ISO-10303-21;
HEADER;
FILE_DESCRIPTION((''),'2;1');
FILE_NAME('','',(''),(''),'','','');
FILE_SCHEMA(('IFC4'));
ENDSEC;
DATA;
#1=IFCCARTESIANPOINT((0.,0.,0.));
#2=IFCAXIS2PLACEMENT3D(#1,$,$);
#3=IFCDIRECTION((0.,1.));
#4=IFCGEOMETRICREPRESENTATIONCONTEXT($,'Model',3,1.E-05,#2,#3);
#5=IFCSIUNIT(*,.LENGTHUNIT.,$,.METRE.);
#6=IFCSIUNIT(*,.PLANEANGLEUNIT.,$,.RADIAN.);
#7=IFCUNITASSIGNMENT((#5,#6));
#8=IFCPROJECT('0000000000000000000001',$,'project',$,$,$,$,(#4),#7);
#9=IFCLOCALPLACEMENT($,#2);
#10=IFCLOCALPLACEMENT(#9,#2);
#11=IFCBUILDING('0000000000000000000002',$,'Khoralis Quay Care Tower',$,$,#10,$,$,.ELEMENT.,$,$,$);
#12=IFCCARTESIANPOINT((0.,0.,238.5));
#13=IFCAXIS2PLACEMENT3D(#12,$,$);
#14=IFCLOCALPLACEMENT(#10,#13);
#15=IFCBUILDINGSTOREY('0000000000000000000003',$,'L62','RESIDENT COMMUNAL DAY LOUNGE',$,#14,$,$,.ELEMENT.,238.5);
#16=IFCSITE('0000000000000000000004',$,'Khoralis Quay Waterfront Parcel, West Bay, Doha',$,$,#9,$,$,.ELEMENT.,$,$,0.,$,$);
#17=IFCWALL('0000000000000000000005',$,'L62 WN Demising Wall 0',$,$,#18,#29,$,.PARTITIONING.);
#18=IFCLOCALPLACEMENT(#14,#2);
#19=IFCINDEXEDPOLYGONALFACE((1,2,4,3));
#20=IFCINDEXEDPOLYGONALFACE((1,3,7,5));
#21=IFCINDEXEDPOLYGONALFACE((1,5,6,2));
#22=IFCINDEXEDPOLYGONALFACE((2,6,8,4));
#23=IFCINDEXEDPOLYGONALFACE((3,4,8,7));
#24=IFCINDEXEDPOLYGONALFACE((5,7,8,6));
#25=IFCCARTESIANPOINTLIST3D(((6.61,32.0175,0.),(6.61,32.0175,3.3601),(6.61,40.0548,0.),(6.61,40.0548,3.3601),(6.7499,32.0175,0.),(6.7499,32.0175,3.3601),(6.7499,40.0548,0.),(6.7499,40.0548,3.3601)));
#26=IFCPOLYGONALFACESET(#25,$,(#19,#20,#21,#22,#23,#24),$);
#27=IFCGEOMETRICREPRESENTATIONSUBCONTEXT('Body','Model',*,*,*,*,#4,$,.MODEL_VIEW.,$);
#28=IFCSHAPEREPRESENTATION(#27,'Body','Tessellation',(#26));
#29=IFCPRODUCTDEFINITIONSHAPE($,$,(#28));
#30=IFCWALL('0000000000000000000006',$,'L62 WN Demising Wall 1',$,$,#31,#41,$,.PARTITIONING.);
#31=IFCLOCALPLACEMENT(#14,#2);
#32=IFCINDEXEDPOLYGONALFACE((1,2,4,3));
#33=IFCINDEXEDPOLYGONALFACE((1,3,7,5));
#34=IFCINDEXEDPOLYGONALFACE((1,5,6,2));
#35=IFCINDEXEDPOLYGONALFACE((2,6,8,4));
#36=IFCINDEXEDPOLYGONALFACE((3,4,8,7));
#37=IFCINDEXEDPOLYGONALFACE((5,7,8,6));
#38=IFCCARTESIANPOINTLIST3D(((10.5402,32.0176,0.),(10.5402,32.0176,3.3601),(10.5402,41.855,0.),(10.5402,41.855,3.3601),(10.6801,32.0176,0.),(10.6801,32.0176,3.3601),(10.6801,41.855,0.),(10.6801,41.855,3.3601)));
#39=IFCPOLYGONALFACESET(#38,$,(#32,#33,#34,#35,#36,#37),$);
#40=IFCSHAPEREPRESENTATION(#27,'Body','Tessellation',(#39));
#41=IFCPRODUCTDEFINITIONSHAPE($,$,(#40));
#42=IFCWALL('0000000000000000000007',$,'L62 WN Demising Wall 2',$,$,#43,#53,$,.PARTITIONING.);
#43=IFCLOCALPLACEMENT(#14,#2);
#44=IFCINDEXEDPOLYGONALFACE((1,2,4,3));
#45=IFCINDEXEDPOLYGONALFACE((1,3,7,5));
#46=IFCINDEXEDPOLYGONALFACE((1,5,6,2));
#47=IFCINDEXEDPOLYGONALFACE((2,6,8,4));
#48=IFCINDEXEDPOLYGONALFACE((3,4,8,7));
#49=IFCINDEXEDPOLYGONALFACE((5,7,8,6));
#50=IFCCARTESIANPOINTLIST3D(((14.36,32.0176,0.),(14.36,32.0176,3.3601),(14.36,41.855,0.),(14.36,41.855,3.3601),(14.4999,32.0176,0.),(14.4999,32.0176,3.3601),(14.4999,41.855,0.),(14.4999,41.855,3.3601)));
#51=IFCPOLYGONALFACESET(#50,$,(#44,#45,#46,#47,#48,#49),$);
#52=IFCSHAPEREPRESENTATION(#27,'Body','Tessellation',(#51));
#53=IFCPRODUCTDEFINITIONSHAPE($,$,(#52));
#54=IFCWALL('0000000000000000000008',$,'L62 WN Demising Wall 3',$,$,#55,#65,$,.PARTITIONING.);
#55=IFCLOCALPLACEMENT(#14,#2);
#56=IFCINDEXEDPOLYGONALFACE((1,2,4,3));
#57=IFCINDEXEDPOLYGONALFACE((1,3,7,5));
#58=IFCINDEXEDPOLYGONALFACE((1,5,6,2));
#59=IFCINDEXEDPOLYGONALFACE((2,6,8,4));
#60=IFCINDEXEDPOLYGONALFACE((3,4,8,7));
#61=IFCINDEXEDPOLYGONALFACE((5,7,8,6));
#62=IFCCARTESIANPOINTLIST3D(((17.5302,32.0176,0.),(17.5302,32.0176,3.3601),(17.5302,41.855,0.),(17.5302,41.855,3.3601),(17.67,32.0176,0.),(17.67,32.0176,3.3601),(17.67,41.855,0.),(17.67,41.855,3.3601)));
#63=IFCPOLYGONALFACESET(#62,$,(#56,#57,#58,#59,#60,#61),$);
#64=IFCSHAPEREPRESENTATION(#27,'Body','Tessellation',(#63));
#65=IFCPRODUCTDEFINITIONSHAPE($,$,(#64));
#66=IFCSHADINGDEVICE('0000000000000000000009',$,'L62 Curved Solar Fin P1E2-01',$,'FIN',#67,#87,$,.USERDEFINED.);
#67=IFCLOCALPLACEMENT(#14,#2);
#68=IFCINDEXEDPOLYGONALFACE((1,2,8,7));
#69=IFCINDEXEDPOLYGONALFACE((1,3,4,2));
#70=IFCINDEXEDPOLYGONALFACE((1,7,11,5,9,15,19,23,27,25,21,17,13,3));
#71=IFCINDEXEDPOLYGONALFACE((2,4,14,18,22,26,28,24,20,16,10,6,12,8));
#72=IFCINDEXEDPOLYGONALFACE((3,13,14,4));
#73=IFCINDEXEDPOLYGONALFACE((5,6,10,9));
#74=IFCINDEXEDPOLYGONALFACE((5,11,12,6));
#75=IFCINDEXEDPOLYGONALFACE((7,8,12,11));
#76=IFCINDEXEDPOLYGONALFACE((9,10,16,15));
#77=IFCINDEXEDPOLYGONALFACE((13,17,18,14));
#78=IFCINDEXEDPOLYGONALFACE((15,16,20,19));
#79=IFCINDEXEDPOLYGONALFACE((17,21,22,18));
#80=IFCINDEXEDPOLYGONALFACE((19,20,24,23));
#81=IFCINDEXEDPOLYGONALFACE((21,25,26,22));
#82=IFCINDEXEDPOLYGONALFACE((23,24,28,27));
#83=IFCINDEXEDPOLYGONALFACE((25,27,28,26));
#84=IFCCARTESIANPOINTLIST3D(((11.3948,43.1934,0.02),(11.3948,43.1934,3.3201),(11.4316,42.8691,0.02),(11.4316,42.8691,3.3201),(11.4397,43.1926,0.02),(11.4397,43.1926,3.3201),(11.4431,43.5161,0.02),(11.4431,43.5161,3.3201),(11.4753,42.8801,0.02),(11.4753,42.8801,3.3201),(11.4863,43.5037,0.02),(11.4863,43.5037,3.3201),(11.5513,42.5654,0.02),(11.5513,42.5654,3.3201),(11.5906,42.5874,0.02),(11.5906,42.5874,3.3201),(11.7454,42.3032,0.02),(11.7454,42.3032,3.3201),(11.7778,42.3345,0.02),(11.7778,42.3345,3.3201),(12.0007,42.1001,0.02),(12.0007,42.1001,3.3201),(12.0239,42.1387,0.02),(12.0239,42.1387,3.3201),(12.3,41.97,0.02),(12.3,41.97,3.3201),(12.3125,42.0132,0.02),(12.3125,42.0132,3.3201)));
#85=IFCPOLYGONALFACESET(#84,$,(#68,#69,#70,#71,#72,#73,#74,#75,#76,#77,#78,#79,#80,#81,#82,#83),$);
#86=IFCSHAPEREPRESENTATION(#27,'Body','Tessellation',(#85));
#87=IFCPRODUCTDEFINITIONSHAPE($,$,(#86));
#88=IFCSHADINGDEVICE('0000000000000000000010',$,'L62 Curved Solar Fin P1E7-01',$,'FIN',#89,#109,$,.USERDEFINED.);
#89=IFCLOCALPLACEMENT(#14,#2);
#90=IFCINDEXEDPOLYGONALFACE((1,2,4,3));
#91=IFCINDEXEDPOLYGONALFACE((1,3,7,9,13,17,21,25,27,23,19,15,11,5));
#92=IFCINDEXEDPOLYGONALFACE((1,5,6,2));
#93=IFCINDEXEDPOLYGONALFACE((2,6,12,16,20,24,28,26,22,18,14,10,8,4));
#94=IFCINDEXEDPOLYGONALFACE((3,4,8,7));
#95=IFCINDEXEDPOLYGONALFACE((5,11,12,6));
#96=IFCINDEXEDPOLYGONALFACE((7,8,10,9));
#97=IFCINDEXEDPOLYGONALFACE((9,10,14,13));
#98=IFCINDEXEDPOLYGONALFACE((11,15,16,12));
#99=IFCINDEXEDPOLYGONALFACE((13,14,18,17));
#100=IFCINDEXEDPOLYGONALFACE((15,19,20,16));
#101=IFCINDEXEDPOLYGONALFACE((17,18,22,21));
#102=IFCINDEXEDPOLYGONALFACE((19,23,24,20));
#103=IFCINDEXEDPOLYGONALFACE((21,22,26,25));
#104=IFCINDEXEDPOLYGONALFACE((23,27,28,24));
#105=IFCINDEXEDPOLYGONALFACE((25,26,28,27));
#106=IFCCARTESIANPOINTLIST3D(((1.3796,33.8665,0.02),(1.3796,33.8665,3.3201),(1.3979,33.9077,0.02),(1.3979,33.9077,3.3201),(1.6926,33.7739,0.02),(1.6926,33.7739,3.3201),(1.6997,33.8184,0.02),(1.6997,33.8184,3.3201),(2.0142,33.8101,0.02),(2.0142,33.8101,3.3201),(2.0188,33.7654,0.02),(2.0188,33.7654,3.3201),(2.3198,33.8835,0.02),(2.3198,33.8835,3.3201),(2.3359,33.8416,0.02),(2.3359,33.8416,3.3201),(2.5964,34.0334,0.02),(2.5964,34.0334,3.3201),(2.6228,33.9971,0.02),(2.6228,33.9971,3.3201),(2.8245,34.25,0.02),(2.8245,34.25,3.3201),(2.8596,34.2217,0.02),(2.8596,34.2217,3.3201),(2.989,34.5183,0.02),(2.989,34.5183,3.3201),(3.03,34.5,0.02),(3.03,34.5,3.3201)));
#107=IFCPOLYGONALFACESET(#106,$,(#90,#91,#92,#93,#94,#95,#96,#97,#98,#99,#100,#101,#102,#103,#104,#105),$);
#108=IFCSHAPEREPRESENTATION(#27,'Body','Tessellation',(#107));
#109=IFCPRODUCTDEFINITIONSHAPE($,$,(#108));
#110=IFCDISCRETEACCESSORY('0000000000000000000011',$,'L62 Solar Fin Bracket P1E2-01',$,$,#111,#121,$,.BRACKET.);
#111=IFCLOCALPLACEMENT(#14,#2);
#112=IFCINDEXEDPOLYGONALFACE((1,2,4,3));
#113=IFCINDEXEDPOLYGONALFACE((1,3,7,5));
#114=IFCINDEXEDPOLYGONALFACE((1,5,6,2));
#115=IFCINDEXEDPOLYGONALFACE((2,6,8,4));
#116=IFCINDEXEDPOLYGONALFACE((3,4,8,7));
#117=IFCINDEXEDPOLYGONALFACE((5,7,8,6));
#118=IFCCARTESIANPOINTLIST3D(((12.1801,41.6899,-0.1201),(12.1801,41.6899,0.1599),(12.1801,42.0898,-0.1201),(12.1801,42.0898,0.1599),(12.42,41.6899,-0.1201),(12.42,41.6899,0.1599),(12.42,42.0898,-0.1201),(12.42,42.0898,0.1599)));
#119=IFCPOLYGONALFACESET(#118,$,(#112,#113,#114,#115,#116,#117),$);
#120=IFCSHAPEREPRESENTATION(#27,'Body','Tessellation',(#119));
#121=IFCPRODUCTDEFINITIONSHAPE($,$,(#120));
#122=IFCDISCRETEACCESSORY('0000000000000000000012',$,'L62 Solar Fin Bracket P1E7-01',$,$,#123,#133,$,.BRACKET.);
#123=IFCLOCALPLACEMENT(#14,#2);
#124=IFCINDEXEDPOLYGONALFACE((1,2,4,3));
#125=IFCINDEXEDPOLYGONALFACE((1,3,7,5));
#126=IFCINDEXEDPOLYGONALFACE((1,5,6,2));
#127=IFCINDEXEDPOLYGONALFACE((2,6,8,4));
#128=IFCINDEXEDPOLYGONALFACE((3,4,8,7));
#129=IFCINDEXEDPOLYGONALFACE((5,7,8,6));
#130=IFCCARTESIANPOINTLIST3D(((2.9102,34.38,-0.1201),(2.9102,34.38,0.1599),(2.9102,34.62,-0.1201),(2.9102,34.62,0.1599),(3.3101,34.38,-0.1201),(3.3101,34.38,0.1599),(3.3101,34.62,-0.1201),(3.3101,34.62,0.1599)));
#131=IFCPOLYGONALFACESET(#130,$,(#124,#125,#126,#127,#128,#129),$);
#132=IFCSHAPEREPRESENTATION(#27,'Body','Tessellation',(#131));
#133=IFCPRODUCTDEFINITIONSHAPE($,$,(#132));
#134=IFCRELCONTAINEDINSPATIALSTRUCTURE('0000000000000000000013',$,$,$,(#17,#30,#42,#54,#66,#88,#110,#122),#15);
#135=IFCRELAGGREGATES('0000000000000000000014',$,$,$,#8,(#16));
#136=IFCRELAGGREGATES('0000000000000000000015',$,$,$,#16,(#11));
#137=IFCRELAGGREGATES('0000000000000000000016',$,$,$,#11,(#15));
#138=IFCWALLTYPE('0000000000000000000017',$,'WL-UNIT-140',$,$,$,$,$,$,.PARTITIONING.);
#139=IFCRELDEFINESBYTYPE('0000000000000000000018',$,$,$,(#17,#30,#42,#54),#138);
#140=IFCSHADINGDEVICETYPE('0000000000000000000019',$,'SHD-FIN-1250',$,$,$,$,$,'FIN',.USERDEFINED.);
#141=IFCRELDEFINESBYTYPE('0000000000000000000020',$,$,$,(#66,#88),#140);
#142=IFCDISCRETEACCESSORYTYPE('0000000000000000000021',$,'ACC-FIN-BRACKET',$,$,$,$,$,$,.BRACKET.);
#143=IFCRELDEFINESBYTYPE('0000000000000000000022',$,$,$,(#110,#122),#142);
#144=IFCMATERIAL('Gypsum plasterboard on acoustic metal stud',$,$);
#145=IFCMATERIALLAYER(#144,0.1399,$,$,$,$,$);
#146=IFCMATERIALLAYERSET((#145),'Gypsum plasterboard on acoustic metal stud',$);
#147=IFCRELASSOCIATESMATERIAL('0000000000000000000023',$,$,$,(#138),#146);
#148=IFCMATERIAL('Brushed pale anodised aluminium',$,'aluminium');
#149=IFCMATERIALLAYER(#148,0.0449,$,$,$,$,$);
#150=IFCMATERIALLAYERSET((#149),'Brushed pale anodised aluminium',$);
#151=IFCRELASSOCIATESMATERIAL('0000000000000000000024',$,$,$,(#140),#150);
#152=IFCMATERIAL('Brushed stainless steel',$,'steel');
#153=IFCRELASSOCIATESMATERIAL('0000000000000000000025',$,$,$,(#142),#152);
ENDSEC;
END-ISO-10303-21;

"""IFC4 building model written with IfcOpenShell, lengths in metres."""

from ifc_helpers import new_model, si_unit, direction, frame, frame_2d, origin, origin_2d, place, context, subcontext, project, spatial, polyline, rectangle, outline, extrude, source, transform, mapped, material, layer, layer_set, type_object, element, save


model = new_model("IFC4")

# Units and contexts
model_context = context("Model", 3, precision=1e-05, world=origin(), true_north=direction((0.0, 1.0)))
body_context = subcontext(model_context, "Body", "Model", "MODEL_VIEW")
ifc_project = project(units=[si_unit("LENGTHUNIT", "METRE"), si_unit("PLANEANGLEUNIT", "RADIAN")], contexts=[model_context])

# Site, building, storey
site_placement = place(None, origin())
site = spatial("IfcSite", under=ifc_project, at=site_placement, Name="Khoralis Quay Waterfront Parcel, West Bay, Doha", CompositionType="ELEMENT", RefElevation=0.0)
building_placement = place(site_placement, origin())
building = spatial("IfcBuilding", under=site, at=building_placement, Name="Khoralis Quay Care Tower", CompositionType="ELEMENT")
storey_placement = place(building_placement, frame((0.0, 0.0, 238.5)))
storey = spatial("IfcBuildingStorey", under=building, at=storey_placement, Name="L62", Description="RESIDENT COMMUNAL DAY LOUNGE", CompositionType="ELEMENT", Elevation=238.5)

# Walls
ifc_material_1 = material(Name="Gypsum plasterboard on acoustic metal stud")
ifc_layer_1 = layer(ifc_material_1, 0.1399)
ifc_layer_set_1 = layer_set([ifc_layer_1], Name="Gypsum plasterboard on acoustic metal stud")
wall_type_1 = type_object("IfcWallType", Name="WL-UNIT-140", PredefinedType="PARTITIONING", material=ifc_layer_set_1)
wall_1_placement = place(storey_placement, frame((6.6799, 32.0176, 0.0), z_axis=(0.0, 0.0, 1.0), x_axis=(0.0, 1.0, 0.0)))
element("IfcWall", 1, at=wall_1_placement, inside=storey, type_object=wall_type_1, Name="L62 WN Demising Wall 0", PredefinedType="PARTITIONING", context=body_context, shape_type="SweptSolid", body=[
    extrude(rectangle(XDim=8.0374, YDim=0.1399, at=frame_2d((4.0186, 0.0))), origin(), (0.0, 0.0, 1.0), 3.3601),
])
for number, where, z_axis, x_axis, name in (
    (2, (10.6101, 32.0176, 0.0), (0.0, 0.0, 1.0), (0.0, 1.0, 0.0), "L62 WN Demising Wall 1"),
    (3, (14.4299, 32.0176, 0.0), (0.0, 0.0, 1.0), (0.0, 1.0, 0.0), "L62 WN Demising Wall 2"),
    (4, (17.6001, 32.0176, 0.0), (0.0, 0.0, 1.0), (0.0, 1.0, 0.0), "L62 WN Demising Wall 3"),
):
    element("IfcWall", number, at=place(storey_placement, frame(where, z_axis=z_axis, x_axis=x_axis)), inside=storey, type_object=wall_type_1, Name=name, PredefinedType="PARTITIONING", context=body_context, shape_type="SweptSolid", body=[
        extrude(rectangle(XDim=9.8374, YDim=0.1399, at=frame_2d((4.9187, 0.0))), origin(), (0.0, 0.0, 1.0), 3.3601),
    ])

# Shading devices
ifc_material_2 = material(Name="Brushed pale anodised aluminium", Category="aluminium")
ifc_layer_2 = layer(ifc_material_2, 0.0449)
ifc_layer_set_2 = layer_set([ifc_layer_2], Name="Brushed pale anodised aluminium")
shading_device_type = type_object("IfcShadingDeviceType", Name="SHD-FIN-1250", ElementType="FIN", PredefinedType="USERDEFINED", material=ifc_layer_set_2)
shared_shape_1 = source(origin(), body_context, "Body", "SweptSolid", [
    extrude(outline(polyline([(0.0, 0.0), (0.1301, 0.2993), (0.3333, 0.5547), (0.5955, 0.7488), (0.8992, 0.8684), (1.2234, 0.9053), (1.5461, 0.8569), (1.5337, 0.8137), (1.2227, 0.8604), (0.9102, 0.8247), (0.6174, 0.7095), (0.3645, 0.5222), (0.1687, 0.2761), (0.0432, -0.0125), (0.0, 0.0)])), origin(), (0.0, 0.0, 1.0), 3.3),
])
shading_device_1_placement = place(storey_placement, frame((12.3, 41.97, 0.02), z_axis=(0.0, 0.0, 1.0), x_axis=(0.0, 1.0, 0.0)))
element("IfcShadingDevice", 5, at=shading_device_1_placement, inside=storey, type_object=shading_device_type, Name="L62 Curved Solar Fin P1E2-01", ObjectType="FIN", PredefinedType="USERDEFINED", context=body_context, shape_type="MappedRepresentation", body=[
    mapped(shared_shape_1, transform((0.0, 0.0, 0.0), scale=1.0)),
])
shared_shape_2 = source(origin(), body_context, "Body", "SweptSolid", [
    extrude(outline(polyline([(0.0, 0.0), (0.1704, 0.2783), (0.4072, 0.5029), (0.6941, 0.6584), (1.0112, 0.7346), (1.3374, 0.7261), (1.6504, 0.6335), (1.6321, 0.5923), (1.3303, 0.6816), (1.0159, 0.6899), (0.7102, 0.6165), (0.4336, 0.4666), (0.2056, 0.25), (0.041, -0.0183), (0.0, 0.0)])), origin(), (0.0, 0.0, 1.0), 3.3),
])
shading_device_2_placement = place(storey_placement, frame((3.03, 34.5, 0.02), z_axis=(0.0, 0.0, 1.0), x_axis=(-1.0, 0.0, 0.0)))
element("IfcShadingDevice", 6, at=shading_device_2_placement, inside=storey, type_object=shading_device_type, Name="L62 Curved Solar Fin P1E7-01", ObjectType="FIN", PredefinedType="USERDEFINED", context=body_context, shape_type="MappedRepresentation", body=[
    mapped(shared_shape_2, transform((0.0, 0.0, 0.0), scale=1.0)),
])

# Discrete accessories
ifc_material_3 = material(Name="Brushed stainless steel", Category="steel")
discrete_accessory_type = type_object("IfcDiscreteAccessoryType", Name="ACC-FIN-BRACKET", PredefinedType="BRACKET", material=ifc_material_3)
shared_shape_3 = source(origin(), body_context, "Body", "SweptSolid", [
    extrude(rectangle(XDim=0.3999, YDim=0.24, at=origin_2d()), origin(), (0.0, 0.0, 1.0), 0.28),
])
for number, where, z_axis, x_axis, name in (
    (7, (12.3, 41.8899, -0.1201), (0.0, 0.0, 1.0), (0.0, 1.0, 0.0), "L62 Solar Fin Bracket P1E2-01"),
    (8, (3.1101, 34.5, -0.1201), (0.0, 0.0, 1.0), (-1.0, 0.0, 0.0), "L62 Solar Fin Bracket P1E7-01"),
):
    element("IfcDiscreteAccessory", number, at=place(storey_placement, frame(where, z_axis=z_axis, x_axis=x_axis)), inside=storey, type_object=discrete_accessory_type, Name=name, PredefinedType="BRACKET", context=body_context, shape_type="MappedRepresentation", body=[
        mapped(shared_shape_3, transform((0.0, 0.0, 0.0), scale=1.0)),
    ])

save(model, "model.ifc")
